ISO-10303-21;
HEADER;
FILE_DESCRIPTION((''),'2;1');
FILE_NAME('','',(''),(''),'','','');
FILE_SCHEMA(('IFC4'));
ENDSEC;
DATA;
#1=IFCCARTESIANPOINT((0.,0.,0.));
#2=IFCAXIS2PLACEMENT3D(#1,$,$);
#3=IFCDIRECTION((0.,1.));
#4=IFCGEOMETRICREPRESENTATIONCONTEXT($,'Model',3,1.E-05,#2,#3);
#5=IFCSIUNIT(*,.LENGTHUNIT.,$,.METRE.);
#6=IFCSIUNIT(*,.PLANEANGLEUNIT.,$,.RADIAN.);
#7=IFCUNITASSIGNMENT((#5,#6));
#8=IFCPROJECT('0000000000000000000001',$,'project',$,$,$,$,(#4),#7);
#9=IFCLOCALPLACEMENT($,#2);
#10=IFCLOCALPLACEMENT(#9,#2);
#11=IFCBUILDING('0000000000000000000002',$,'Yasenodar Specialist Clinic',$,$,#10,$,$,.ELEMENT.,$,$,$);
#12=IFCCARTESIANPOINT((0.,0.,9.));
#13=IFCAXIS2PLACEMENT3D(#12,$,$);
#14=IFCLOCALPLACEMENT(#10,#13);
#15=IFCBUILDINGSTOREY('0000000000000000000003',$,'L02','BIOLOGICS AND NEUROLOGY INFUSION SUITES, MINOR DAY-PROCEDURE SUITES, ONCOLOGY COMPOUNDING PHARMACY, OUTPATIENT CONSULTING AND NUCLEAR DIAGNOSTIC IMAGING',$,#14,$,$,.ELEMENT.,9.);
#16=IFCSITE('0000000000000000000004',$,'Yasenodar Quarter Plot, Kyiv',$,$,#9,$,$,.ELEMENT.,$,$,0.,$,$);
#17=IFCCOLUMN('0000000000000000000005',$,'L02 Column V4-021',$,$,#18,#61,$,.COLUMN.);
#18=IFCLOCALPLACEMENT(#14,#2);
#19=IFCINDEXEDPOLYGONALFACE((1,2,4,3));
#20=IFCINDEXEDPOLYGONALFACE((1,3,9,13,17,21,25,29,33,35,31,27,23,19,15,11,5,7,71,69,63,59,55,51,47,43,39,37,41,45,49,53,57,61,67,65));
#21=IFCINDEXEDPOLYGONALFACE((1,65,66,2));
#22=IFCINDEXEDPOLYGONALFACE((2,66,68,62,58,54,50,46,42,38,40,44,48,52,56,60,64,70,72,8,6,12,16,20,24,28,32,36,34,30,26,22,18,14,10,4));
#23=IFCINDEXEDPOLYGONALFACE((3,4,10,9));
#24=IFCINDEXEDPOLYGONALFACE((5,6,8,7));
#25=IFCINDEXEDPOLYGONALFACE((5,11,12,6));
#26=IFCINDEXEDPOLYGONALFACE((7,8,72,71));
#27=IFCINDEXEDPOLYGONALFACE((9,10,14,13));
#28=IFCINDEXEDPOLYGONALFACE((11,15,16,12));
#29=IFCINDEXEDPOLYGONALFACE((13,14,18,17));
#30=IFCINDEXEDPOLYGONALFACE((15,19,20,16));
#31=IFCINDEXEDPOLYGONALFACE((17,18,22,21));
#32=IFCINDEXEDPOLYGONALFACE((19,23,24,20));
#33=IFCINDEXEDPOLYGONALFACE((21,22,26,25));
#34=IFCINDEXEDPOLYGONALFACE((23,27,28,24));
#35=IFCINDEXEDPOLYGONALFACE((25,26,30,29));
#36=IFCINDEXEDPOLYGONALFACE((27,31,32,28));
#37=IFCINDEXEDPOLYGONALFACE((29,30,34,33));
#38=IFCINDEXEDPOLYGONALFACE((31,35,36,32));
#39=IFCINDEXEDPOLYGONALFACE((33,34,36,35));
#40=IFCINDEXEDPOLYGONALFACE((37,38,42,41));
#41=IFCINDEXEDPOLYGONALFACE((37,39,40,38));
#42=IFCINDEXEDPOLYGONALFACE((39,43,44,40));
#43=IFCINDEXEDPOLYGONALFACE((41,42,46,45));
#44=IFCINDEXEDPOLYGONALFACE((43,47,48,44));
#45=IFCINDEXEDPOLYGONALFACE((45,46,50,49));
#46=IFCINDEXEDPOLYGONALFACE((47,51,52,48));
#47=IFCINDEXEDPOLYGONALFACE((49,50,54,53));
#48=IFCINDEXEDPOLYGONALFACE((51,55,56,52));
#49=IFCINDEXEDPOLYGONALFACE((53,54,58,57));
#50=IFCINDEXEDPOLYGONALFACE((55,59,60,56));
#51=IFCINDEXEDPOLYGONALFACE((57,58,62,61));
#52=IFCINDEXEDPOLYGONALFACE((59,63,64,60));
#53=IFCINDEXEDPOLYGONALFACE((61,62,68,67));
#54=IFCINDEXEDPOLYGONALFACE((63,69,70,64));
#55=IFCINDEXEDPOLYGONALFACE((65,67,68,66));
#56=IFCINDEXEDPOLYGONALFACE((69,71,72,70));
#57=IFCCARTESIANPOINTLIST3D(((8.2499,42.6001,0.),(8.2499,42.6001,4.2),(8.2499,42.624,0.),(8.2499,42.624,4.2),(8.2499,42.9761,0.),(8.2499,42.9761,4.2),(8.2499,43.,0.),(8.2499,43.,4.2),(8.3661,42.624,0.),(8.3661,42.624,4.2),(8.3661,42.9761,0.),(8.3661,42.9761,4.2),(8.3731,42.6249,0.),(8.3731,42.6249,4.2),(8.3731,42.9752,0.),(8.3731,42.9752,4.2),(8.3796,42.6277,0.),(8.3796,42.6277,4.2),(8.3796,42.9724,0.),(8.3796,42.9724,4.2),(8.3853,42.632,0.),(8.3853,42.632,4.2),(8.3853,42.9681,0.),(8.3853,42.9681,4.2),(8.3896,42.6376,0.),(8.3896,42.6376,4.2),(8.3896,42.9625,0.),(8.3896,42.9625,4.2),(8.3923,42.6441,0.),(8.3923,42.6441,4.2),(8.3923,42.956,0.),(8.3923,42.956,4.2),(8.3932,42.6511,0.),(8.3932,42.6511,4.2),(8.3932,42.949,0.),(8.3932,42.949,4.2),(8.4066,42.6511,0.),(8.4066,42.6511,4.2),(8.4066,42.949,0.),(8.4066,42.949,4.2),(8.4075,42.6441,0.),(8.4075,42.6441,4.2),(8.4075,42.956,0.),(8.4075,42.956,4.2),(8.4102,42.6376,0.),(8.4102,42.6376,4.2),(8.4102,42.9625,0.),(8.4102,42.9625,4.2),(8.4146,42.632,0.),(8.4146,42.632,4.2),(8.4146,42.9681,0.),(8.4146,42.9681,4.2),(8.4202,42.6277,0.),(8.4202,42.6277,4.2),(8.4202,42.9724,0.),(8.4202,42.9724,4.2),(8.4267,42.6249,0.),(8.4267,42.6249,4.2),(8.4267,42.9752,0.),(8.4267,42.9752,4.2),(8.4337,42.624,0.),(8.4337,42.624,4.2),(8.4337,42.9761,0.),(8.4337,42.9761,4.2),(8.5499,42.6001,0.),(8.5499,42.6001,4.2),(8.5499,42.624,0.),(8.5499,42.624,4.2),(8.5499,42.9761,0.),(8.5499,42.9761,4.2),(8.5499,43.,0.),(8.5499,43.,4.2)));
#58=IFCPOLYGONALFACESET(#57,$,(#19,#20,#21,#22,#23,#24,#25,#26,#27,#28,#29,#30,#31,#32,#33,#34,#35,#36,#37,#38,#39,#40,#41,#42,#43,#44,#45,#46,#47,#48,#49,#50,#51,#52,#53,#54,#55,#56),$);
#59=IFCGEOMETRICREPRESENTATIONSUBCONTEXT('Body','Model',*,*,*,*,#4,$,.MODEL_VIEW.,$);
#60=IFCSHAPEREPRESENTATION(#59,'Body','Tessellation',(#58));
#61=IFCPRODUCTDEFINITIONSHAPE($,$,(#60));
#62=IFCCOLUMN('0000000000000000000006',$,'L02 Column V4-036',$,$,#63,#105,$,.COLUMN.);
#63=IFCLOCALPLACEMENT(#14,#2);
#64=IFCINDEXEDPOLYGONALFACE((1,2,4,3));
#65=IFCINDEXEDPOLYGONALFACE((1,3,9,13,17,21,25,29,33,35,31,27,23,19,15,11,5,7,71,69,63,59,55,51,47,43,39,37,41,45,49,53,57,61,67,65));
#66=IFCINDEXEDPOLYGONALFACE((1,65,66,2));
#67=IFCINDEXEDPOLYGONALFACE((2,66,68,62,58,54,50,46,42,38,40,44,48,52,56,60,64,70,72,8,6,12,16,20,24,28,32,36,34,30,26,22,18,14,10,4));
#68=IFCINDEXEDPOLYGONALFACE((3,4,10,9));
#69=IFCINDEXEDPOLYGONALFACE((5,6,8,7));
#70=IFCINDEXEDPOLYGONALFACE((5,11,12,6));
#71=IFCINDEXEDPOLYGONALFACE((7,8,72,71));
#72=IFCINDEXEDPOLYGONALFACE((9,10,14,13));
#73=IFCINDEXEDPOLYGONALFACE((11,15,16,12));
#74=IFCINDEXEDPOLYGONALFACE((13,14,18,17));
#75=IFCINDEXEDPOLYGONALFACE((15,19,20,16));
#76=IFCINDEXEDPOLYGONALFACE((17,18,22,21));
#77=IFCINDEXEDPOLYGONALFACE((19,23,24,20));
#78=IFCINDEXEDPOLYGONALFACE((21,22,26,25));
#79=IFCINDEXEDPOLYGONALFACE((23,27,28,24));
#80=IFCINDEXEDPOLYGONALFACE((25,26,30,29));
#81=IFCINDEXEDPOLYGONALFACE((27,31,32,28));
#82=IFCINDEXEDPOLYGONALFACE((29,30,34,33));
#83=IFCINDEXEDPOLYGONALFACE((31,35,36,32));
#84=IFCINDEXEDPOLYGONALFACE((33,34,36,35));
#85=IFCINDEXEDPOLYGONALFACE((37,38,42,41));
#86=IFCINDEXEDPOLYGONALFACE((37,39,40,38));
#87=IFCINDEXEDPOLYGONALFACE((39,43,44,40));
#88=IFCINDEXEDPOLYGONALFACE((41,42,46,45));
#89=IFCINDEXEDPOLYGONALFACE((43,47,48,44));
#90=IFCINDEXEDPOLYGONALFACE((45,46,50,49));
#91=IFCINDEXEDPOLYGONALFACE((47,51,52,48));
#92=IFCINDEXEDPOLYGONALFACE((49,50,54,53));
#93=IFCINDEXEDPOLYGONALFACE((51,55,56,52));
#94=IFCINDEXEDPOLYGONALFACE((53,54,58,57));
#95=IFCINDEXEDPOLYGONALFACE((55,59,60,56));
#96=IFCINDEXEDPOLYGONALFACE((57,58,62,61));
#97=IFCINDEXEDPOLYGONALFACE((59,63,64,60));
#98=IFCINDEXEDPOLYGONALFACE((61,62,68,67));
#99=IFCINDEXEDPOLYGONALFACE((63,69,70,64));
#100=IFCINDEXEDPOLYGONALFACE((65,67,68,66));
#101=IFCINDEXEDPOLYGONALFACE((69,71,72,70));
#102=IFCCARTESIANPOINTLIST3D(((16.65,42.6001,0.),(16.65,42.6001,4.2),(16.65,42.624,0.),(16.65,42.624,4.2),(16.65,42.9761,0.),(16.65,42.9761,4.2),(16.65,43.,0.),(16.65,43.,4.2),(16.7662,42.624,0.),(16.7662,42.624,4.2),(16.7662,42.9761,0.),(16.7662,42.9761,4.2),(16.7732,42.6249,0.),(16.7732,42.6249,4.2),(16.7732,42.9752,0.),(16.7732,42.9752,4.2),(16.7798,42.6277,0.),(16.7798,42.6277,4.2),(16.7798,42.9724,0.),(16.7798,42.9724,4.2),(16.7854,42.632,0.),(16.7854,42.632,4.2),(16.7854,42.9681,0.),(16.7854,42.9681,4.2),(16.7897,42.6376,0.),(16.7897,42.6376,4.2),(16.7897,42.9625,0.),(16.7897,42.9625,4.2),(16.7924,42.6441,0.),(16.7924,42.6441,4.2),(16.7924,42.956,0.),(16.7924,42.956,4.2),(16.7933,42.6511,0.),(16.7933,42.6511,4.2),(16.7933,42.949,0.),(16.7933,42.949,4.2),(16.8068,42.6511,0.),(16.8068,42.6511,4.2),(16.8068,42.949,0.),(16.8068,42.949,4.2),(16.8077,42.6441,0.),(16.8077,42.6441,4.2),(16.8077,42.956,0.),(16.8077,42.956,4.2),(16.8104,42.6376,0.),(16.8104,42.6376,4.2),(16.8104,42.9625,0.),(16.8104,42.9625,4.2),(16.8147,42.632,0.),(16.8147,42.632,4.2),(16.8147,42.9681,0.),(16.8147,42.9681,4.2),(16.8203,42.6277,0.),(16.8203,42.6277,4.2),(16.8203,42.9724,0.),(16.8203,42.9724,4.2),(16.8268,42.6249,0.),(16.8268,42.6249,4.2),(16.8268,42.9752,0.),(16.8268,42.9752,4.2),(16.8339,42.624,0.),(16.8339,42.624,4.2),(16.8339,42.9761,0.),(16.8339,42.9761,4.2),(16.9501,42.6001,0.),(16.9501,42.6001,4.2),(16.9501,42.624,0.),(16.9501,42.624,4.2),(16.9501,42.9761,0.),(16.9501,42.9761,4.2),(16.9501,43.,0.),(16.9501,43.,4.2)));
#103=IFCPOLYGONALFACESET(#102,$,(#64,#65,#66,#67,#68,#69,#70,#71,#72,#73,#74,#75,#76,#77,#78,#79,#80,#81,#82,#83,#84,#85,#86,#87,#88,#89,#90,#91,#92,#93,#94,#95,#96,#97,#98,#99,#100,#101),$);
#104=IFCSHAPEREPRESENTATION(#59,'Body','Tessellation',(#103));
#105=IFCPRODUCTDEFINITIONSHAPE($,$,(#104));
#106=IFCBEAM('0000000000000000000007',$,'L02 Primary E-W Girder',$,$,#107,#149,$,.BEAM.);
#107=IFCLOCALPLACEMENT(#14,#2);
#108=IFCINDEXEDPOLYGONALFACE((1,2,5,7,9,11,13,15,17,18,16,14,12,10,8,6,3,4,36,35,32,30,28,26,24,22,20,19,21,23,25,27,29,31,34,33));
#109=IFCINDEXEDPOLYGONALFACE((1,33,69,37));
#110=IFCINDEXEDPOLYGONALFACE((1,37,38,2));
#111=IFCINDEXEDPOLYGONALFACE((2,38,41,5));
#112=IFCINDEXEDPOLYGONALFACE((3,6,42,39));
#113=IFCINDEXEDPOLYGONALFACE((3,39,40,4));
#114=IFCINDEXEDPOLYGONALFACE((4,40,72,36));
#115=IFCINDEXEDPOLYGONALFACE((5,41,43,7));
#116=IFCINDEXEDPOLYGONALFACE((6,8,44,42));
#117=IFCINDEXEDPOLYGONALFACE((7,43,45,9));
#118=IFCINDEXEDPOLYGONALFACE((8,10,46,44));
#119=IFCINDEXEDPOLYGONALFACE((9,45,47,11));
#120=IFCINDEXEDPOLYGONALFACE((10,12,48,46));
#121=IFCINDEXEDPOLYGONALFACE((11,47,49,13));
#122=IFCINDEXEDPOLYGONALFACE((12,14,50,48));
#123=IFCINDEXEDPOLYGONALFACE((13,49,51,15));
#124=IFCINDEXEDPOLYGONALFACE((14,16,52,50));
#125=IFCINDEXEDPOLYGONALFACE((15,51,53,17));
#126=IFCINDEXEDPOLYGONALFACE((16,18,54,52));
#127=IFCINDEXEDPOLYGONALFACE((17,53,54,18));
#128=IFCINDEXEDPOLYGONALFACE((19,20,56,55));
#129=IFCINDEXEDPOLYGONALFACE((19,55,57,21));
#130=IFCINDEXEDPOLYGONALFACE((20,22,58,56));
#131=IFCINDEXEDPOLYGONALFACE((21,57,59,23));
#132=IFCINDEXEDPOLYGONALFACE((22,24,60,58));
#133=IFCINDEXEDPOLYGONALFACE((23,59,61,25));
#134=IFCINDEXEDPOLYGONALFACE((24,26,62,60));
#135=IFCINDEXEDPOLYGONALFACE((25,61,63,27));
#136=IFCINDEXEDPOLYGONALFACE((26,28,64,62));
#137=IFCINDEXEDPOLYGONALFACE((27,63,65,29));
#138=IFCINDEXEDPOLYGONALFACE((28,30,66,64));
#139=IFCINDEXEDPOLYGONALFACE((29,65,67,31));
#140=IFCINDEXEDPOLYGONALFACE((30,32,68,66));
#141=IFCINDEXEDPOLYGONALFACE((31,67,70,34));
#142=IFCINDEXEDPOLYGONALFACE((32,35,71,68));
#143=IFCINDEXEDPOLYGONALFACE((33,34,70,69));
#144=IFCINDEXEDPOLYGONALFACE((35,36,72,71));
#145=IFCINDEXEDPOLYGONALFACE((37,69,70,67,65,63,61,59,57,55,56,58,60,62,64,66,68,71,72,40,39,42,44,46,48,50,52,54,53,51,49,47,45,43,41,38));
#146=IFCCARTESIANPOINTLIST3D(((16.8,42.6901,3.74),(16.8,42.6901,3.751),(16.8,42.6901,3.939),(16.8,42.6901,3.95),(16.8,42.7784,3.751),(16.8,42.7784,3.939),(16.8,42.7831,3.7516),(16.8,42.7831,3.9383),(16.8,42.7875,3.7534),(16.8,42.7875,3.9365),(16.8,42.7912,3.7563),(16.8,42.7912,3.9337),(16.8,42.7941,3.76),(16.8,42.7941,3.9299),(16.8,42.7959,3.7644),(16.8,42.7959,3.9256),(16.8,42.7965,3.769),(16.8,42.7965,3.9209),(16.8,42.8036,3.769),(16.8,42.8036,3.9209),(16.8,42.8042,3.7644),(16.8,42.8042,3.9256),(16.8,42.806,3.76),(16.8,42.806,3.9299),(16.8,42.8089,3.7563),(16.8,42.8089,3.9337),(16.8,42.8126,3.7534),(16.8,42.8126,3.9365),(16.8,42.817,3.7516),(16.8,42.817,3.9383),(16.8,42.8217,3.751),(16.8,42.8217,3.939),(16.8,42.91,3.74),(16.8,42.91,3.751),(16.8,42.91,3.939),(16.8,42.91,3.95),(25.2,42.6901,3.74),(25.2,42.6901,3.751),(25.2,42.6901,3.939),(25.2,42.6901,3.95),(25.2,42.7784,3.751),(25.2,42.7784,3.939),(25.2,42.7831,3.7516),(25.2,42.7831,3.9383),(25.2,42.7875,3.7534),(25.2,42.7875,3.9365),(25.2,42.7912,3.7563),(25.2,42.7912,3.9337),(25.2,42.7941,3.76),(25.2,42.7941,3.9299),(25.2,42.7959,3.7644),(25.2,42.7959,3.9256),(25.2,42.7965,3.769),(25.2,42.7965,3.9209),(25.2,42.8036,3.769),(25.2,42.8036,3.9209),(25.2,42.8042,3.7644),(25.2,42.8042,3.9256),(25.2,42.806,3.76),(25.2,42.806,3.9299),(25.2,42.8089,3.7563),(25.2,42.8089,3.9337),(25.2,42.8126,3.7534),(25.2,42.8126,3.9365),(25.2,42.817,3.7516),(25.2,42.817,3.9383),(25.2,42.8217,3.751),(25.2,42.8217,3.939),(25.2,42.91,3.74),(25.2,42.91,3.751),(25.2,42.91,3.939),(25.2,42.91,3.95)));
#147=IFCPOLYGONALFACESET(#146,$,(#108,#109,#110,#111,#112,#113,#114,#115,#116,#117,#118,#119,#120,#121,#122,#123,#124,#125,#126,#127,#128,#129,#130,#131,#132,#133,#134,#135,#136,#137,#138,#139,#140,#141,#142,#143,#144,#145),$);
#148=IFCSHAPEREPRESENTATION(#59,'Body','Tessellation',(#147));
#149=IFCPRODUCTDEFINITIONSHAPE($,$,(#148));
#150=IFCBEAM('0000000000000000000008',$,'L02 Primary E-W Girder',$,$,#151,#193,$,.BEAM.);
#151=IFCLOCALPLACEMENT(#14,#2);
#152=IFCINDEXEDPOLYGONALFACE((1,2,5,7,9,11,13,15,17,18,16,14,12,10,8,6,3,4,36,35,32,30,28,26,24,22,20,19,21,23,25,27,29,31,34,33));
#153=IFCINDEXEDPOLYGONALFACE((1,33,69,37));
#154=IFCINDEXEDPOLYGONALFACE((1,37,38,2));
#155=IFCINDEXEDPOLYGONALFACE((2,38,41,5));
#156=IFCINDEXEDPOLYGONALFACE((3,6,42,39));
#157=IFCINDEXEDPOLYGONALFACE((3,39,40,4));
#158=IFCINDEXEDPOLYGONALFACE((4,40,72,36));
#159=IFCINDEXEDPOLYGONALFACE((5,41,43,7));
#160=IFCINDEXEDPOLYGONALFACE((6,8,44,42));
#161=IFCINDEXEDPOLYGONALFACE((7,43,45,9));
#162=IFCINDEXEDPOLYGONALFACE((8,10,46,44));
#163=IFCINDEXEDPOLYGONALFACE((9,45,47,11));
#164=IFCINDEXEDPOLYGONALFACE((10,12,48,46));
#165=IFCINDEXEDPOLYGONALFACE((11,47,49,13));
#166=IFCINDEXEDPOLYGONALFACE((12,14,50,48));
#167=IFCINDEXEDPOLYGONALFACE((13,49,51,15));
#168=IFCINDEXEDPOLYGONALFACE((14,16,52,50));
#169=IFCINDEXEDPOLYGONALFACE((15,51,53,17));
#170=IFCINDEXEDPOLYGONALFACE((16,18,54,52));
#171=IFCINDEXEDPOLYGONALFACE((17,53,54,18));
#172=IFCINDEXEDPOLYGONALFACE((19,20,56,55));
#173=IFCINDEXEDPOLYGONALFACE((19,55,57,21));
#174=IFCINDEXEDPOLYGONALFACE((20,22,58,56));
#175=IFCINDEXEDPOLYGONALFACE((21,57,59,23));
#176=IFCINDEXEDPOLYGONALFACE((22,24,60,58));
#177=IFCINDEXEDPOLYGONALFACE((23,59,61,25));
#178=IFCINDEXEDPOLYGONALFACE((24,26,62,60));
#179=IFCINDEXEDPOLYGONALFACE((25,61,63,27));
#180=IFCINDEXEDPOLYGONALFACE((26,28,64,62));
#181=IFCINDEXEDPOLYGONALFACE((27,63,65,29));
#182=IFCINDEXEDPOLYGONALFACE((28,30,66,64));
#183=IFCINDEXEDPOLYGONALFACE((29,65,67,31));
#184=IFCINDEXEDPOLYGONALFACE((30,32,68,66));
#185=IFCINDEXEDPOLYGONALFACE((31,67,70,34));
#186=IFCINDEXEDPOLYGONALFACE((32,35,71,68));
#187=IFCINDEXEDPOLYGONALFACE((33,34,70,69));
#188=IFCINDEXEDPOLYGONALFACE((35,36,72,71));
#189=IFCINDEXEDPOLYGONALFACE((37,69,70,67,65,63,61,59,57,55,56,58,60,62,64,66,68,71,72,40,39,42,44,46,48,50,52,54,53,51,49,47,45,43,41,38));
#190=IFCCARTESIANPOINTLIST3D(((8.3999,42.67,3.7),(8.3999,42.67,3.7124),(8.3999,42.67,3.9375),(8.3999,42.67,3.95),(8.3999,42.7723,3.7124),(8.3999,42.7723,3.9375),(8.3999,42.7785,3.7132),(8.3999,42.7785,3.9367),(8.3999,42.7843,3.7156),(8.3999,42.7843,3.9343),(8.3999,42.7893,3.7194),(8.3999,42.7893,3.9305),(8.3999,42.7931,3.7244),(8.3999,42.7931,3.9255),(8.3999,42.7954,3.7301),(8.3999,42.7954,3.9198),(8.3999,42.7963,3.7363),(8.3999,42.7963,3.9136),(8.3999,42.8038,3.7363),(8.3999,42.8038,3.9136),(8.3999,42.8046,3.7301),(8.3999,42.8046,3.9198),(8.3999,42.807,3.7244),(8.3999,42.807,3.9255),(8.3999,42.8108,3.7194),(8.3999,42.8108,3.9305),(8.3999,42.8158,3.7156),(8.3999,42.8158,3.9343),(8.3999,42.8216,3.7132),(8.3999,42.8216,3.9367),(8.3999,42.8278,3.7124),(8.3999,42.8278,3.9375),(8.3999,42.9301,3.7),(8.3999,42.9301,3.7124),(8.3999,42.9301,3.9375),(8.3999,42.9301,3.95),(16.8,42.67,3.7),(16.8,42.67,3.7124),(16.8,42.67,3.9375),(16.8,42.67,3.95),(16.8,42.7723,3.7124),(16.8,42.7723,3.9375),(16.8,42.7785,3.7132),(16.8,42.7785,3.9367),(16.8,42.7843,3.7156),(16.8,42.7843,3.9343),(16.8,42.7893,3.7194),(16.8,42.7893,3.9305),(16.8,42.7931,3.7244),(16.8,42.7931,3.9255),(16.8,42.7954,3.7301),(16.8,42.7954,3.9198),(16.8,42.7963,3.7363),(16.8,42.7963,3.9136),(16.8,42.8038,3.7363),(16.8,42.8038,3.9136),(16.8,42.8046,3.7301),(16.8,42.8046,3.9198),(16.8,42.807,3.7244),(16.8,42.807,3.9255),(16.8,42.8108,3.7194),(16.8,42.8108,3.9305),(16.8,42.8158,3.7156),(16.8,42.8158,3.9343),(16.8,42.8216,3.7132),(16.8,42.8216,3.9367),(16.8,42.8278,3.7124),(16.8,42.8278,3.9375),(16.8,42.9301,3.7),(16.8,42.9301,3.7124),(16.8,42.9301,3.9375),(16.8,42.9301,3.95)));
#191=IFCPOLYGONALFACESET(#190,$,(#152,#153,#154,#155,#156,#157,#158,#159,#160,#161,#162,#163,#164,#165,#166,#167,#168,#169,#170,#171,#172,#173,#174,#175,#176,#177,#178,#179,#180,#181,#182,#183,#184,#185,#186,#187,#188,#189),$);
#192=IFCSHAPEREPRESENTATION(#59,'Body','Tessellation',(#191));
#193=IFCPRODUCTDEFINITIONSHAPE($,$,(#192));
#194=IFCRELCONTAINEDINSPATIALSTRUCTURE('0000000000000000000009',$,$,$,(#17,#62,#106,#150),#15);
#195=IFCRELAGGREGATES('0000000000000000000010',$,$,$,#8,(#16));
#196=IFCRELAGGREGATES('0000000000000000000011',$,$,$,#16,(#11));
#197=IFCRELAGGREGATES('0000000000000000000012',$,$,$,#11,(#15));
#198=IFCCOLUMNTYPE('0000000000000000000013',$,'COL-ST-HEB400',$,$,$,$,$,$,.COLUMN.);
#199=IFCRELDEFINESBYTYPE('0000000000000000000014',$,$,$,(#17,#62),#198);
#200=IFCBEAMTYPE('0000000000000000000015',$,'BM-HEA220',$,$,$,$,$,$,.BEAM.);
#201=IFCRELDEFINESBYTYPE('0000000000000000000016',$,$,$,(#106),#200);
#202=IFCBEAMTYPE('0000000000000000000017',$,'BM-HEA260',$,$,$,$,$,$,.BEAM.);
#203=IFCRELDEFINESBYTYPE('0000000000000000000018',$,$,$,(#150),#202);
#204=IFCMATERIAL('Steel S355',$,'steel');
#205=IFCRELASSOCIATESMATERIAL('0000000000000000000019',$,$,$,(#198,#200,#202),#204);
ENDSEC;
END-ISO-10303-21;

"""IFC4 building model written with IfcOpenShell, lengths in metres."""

from ifc_helpers import new_model, si_unit, direction, frame, origin, origin_2d, place, context, subcontext, project, spatial, i_section, extrude, material, material_profile, profile_set, type_object, element, save


model = new_model("IFC4")

# Units and contexts
model_context = context("Model", 3, precision=1e-05, world=origin(), true_north=direction((0.0, 1.0)))
body_context = subcontext(model_context, "Body", "Model", "MODEL_VIEW")
ifc_project = project(units=[si_unit("LENGTHUNIT", "METRE"), si_unit("PLANEANGLEUNIT", "RADIAN")], contexts=[model_context])

# Site, building, storey
site_placement = place(None, origin())
site = spatial("IfcSite", under=ifc_project, at=site_placement, Name="Yasenodar Quarter Plot, Kyiv", CompositionType="ELEMENT", RefElevation=0.0)
building_placement = place(site_placement, origin())
building = spatial("IfcBuilding", under=site, at=building_placement, Name="Yasenodar Specialist Clinic", CompositionType="ELEMENT")
storey_placement = place(building_placement, frame((0.0, 0.0, 9.0)))
storey = spatial("IfcBuildingStorey", under=building, at=storey_placement, Name="L02", Description="BIOLOGICS AND NEUROLOGY INFUSION SUITES, MINOR DAY-PROCEDURE SUITES, ONCOLOGY COMPOUNDING PHARMACY, OUTPATIENT CONSULTING AND NUCLEAR DIAGNOSTIC IMAGING", CompositionType="ELEMENT", Elevation=9.0)

# Columns
ifc_material_1 = material(Name="Steel S355", Category="steel")
ifc_material_profile_1 = material_profile(ifc_material_1, i_section(OverallWidth=0.3, OverallDepth=0.3999, WebThickness=0.0134, FlangeThickness=0.0239, FilletRadius=0.0271, at=origin_2d()), Name="HEB 400")
ifc_profile_set_1 = profile_set([ifc_material_profile_1], Name="Steel S355")
column_type = type_object("IfcColumnType", Name="COL-ST-HEB400", PredefinedType="COLUMN", material=ifc_profile_set_1)
for number, where, z_axis, x_axis, name in (
    (1, (8.3999, 42.8, 0.0), (0.0, 0.0, 1.0), (1.0, 0.0, 0.0), "L02 Column V4-021"),
    (2, (16.8, 42.8, 0.0), (0.0, 0.0, 1.0), (1.0, 0.0, 0.0), "L02 Column V4-036"),
):
    element("IfcColumn", number, at=place(storey_placement, frame(where, z_axis=z_axis, x_axis=x_axis)), inside=storey, type_object=column_type, Name=name, PredefinedType="COLUMN", context=body_context, shape_type="SweptSolid", body=[
        extrude(i_section(OverallWidth=0.3, OverallDepth=0.3999, WebThickness=0.0134, FlangeThickness=0.0239, FilletRadius=0.0271, at=origin_2d()), origin(), (0.0, 0.0, 1.0), 4.2),
    ])

# Beams
ifc_material_profile_2 = material_profile(ifc_material_1, i_section(OverallWidth=0.22, OverallDepth=0.21, WebThickness=0.0071, FlangeThickness=0.011, FilletRadius=0.0181, at=origin_2d()), Name="HEA 220")
ifc_profile_set_2 = profile_set([ifc_material_profile_2], Name="Steel S355")
beam_type_1 = type_object("IfcBeamType", Name="BM-HEA220", PredefinedType="BEAM", material=ifc_profile_set_2)
beam_1_placement = place(storey_placement, frame((16.8, 42.8, 3.845), z_axis=(1.0, 0.0, 0.0), x_axis=(0.0, 1.0, 0.0)))
element("IfcBeam", 3, at=beam_1_placement, inside=storey, type_object=beam_type_1, Name="L02 Primary E-W Girder", PredefinedType="BEAM", context=body_context, shape_type="SweptSolid", body=[
    extrude(i_section(OverallWidth=0.22, OverallDepth=0.21, WebThickness=0.0071, FlangeThickness=0.011, FilletRadius=0.0181, at=origin_2d()), origin(), (0.0, 0.0, 1.0), 8.3999),
])
ifc_material_profile_3 = material_profile(ifc_material_1, i_section(OverallWidth=0.26, OverallDepth=0.25, WebThickness=0.0076, FlangeThickness=0.0125, FilletRadius=0.0239, at=origin_2d()), Name="HEA 260")
ifc_profile_set_3 = profile_set([ifc_material_profile_3], Name="Steel S355")
beam_type_2 = type_object("IfcBeamType", Name="BM-HEA260", PredefinedType="BEAM", material=ifc_profile_set_3)
beam_2_placement = place(storey_placement, frame((8.3999, 42.8, 3.825), z_axis=(1.0, 0.0, 0.0), x_axis=(0.0, 1.0, 0.0)))
element("IfcBeam", 4, at=beam_2_placement, inside=storey, type_object=beam_type_2, Name="L02 Primary E-W Girder", PredefinedType="BEAM", context=body_context, shape_type="SweptSolid", body=[
    extrude(i_section(OverallWidth=0.26, OverallDepth=0.25, WebThickness=0.0076, FlangeThickness=0.0125, FilletRadius=0.0239, at=origin_2d()), origin(), (0.0, 0.0, 1.0), 8.4001),
])

save(model, "model.ifc")
